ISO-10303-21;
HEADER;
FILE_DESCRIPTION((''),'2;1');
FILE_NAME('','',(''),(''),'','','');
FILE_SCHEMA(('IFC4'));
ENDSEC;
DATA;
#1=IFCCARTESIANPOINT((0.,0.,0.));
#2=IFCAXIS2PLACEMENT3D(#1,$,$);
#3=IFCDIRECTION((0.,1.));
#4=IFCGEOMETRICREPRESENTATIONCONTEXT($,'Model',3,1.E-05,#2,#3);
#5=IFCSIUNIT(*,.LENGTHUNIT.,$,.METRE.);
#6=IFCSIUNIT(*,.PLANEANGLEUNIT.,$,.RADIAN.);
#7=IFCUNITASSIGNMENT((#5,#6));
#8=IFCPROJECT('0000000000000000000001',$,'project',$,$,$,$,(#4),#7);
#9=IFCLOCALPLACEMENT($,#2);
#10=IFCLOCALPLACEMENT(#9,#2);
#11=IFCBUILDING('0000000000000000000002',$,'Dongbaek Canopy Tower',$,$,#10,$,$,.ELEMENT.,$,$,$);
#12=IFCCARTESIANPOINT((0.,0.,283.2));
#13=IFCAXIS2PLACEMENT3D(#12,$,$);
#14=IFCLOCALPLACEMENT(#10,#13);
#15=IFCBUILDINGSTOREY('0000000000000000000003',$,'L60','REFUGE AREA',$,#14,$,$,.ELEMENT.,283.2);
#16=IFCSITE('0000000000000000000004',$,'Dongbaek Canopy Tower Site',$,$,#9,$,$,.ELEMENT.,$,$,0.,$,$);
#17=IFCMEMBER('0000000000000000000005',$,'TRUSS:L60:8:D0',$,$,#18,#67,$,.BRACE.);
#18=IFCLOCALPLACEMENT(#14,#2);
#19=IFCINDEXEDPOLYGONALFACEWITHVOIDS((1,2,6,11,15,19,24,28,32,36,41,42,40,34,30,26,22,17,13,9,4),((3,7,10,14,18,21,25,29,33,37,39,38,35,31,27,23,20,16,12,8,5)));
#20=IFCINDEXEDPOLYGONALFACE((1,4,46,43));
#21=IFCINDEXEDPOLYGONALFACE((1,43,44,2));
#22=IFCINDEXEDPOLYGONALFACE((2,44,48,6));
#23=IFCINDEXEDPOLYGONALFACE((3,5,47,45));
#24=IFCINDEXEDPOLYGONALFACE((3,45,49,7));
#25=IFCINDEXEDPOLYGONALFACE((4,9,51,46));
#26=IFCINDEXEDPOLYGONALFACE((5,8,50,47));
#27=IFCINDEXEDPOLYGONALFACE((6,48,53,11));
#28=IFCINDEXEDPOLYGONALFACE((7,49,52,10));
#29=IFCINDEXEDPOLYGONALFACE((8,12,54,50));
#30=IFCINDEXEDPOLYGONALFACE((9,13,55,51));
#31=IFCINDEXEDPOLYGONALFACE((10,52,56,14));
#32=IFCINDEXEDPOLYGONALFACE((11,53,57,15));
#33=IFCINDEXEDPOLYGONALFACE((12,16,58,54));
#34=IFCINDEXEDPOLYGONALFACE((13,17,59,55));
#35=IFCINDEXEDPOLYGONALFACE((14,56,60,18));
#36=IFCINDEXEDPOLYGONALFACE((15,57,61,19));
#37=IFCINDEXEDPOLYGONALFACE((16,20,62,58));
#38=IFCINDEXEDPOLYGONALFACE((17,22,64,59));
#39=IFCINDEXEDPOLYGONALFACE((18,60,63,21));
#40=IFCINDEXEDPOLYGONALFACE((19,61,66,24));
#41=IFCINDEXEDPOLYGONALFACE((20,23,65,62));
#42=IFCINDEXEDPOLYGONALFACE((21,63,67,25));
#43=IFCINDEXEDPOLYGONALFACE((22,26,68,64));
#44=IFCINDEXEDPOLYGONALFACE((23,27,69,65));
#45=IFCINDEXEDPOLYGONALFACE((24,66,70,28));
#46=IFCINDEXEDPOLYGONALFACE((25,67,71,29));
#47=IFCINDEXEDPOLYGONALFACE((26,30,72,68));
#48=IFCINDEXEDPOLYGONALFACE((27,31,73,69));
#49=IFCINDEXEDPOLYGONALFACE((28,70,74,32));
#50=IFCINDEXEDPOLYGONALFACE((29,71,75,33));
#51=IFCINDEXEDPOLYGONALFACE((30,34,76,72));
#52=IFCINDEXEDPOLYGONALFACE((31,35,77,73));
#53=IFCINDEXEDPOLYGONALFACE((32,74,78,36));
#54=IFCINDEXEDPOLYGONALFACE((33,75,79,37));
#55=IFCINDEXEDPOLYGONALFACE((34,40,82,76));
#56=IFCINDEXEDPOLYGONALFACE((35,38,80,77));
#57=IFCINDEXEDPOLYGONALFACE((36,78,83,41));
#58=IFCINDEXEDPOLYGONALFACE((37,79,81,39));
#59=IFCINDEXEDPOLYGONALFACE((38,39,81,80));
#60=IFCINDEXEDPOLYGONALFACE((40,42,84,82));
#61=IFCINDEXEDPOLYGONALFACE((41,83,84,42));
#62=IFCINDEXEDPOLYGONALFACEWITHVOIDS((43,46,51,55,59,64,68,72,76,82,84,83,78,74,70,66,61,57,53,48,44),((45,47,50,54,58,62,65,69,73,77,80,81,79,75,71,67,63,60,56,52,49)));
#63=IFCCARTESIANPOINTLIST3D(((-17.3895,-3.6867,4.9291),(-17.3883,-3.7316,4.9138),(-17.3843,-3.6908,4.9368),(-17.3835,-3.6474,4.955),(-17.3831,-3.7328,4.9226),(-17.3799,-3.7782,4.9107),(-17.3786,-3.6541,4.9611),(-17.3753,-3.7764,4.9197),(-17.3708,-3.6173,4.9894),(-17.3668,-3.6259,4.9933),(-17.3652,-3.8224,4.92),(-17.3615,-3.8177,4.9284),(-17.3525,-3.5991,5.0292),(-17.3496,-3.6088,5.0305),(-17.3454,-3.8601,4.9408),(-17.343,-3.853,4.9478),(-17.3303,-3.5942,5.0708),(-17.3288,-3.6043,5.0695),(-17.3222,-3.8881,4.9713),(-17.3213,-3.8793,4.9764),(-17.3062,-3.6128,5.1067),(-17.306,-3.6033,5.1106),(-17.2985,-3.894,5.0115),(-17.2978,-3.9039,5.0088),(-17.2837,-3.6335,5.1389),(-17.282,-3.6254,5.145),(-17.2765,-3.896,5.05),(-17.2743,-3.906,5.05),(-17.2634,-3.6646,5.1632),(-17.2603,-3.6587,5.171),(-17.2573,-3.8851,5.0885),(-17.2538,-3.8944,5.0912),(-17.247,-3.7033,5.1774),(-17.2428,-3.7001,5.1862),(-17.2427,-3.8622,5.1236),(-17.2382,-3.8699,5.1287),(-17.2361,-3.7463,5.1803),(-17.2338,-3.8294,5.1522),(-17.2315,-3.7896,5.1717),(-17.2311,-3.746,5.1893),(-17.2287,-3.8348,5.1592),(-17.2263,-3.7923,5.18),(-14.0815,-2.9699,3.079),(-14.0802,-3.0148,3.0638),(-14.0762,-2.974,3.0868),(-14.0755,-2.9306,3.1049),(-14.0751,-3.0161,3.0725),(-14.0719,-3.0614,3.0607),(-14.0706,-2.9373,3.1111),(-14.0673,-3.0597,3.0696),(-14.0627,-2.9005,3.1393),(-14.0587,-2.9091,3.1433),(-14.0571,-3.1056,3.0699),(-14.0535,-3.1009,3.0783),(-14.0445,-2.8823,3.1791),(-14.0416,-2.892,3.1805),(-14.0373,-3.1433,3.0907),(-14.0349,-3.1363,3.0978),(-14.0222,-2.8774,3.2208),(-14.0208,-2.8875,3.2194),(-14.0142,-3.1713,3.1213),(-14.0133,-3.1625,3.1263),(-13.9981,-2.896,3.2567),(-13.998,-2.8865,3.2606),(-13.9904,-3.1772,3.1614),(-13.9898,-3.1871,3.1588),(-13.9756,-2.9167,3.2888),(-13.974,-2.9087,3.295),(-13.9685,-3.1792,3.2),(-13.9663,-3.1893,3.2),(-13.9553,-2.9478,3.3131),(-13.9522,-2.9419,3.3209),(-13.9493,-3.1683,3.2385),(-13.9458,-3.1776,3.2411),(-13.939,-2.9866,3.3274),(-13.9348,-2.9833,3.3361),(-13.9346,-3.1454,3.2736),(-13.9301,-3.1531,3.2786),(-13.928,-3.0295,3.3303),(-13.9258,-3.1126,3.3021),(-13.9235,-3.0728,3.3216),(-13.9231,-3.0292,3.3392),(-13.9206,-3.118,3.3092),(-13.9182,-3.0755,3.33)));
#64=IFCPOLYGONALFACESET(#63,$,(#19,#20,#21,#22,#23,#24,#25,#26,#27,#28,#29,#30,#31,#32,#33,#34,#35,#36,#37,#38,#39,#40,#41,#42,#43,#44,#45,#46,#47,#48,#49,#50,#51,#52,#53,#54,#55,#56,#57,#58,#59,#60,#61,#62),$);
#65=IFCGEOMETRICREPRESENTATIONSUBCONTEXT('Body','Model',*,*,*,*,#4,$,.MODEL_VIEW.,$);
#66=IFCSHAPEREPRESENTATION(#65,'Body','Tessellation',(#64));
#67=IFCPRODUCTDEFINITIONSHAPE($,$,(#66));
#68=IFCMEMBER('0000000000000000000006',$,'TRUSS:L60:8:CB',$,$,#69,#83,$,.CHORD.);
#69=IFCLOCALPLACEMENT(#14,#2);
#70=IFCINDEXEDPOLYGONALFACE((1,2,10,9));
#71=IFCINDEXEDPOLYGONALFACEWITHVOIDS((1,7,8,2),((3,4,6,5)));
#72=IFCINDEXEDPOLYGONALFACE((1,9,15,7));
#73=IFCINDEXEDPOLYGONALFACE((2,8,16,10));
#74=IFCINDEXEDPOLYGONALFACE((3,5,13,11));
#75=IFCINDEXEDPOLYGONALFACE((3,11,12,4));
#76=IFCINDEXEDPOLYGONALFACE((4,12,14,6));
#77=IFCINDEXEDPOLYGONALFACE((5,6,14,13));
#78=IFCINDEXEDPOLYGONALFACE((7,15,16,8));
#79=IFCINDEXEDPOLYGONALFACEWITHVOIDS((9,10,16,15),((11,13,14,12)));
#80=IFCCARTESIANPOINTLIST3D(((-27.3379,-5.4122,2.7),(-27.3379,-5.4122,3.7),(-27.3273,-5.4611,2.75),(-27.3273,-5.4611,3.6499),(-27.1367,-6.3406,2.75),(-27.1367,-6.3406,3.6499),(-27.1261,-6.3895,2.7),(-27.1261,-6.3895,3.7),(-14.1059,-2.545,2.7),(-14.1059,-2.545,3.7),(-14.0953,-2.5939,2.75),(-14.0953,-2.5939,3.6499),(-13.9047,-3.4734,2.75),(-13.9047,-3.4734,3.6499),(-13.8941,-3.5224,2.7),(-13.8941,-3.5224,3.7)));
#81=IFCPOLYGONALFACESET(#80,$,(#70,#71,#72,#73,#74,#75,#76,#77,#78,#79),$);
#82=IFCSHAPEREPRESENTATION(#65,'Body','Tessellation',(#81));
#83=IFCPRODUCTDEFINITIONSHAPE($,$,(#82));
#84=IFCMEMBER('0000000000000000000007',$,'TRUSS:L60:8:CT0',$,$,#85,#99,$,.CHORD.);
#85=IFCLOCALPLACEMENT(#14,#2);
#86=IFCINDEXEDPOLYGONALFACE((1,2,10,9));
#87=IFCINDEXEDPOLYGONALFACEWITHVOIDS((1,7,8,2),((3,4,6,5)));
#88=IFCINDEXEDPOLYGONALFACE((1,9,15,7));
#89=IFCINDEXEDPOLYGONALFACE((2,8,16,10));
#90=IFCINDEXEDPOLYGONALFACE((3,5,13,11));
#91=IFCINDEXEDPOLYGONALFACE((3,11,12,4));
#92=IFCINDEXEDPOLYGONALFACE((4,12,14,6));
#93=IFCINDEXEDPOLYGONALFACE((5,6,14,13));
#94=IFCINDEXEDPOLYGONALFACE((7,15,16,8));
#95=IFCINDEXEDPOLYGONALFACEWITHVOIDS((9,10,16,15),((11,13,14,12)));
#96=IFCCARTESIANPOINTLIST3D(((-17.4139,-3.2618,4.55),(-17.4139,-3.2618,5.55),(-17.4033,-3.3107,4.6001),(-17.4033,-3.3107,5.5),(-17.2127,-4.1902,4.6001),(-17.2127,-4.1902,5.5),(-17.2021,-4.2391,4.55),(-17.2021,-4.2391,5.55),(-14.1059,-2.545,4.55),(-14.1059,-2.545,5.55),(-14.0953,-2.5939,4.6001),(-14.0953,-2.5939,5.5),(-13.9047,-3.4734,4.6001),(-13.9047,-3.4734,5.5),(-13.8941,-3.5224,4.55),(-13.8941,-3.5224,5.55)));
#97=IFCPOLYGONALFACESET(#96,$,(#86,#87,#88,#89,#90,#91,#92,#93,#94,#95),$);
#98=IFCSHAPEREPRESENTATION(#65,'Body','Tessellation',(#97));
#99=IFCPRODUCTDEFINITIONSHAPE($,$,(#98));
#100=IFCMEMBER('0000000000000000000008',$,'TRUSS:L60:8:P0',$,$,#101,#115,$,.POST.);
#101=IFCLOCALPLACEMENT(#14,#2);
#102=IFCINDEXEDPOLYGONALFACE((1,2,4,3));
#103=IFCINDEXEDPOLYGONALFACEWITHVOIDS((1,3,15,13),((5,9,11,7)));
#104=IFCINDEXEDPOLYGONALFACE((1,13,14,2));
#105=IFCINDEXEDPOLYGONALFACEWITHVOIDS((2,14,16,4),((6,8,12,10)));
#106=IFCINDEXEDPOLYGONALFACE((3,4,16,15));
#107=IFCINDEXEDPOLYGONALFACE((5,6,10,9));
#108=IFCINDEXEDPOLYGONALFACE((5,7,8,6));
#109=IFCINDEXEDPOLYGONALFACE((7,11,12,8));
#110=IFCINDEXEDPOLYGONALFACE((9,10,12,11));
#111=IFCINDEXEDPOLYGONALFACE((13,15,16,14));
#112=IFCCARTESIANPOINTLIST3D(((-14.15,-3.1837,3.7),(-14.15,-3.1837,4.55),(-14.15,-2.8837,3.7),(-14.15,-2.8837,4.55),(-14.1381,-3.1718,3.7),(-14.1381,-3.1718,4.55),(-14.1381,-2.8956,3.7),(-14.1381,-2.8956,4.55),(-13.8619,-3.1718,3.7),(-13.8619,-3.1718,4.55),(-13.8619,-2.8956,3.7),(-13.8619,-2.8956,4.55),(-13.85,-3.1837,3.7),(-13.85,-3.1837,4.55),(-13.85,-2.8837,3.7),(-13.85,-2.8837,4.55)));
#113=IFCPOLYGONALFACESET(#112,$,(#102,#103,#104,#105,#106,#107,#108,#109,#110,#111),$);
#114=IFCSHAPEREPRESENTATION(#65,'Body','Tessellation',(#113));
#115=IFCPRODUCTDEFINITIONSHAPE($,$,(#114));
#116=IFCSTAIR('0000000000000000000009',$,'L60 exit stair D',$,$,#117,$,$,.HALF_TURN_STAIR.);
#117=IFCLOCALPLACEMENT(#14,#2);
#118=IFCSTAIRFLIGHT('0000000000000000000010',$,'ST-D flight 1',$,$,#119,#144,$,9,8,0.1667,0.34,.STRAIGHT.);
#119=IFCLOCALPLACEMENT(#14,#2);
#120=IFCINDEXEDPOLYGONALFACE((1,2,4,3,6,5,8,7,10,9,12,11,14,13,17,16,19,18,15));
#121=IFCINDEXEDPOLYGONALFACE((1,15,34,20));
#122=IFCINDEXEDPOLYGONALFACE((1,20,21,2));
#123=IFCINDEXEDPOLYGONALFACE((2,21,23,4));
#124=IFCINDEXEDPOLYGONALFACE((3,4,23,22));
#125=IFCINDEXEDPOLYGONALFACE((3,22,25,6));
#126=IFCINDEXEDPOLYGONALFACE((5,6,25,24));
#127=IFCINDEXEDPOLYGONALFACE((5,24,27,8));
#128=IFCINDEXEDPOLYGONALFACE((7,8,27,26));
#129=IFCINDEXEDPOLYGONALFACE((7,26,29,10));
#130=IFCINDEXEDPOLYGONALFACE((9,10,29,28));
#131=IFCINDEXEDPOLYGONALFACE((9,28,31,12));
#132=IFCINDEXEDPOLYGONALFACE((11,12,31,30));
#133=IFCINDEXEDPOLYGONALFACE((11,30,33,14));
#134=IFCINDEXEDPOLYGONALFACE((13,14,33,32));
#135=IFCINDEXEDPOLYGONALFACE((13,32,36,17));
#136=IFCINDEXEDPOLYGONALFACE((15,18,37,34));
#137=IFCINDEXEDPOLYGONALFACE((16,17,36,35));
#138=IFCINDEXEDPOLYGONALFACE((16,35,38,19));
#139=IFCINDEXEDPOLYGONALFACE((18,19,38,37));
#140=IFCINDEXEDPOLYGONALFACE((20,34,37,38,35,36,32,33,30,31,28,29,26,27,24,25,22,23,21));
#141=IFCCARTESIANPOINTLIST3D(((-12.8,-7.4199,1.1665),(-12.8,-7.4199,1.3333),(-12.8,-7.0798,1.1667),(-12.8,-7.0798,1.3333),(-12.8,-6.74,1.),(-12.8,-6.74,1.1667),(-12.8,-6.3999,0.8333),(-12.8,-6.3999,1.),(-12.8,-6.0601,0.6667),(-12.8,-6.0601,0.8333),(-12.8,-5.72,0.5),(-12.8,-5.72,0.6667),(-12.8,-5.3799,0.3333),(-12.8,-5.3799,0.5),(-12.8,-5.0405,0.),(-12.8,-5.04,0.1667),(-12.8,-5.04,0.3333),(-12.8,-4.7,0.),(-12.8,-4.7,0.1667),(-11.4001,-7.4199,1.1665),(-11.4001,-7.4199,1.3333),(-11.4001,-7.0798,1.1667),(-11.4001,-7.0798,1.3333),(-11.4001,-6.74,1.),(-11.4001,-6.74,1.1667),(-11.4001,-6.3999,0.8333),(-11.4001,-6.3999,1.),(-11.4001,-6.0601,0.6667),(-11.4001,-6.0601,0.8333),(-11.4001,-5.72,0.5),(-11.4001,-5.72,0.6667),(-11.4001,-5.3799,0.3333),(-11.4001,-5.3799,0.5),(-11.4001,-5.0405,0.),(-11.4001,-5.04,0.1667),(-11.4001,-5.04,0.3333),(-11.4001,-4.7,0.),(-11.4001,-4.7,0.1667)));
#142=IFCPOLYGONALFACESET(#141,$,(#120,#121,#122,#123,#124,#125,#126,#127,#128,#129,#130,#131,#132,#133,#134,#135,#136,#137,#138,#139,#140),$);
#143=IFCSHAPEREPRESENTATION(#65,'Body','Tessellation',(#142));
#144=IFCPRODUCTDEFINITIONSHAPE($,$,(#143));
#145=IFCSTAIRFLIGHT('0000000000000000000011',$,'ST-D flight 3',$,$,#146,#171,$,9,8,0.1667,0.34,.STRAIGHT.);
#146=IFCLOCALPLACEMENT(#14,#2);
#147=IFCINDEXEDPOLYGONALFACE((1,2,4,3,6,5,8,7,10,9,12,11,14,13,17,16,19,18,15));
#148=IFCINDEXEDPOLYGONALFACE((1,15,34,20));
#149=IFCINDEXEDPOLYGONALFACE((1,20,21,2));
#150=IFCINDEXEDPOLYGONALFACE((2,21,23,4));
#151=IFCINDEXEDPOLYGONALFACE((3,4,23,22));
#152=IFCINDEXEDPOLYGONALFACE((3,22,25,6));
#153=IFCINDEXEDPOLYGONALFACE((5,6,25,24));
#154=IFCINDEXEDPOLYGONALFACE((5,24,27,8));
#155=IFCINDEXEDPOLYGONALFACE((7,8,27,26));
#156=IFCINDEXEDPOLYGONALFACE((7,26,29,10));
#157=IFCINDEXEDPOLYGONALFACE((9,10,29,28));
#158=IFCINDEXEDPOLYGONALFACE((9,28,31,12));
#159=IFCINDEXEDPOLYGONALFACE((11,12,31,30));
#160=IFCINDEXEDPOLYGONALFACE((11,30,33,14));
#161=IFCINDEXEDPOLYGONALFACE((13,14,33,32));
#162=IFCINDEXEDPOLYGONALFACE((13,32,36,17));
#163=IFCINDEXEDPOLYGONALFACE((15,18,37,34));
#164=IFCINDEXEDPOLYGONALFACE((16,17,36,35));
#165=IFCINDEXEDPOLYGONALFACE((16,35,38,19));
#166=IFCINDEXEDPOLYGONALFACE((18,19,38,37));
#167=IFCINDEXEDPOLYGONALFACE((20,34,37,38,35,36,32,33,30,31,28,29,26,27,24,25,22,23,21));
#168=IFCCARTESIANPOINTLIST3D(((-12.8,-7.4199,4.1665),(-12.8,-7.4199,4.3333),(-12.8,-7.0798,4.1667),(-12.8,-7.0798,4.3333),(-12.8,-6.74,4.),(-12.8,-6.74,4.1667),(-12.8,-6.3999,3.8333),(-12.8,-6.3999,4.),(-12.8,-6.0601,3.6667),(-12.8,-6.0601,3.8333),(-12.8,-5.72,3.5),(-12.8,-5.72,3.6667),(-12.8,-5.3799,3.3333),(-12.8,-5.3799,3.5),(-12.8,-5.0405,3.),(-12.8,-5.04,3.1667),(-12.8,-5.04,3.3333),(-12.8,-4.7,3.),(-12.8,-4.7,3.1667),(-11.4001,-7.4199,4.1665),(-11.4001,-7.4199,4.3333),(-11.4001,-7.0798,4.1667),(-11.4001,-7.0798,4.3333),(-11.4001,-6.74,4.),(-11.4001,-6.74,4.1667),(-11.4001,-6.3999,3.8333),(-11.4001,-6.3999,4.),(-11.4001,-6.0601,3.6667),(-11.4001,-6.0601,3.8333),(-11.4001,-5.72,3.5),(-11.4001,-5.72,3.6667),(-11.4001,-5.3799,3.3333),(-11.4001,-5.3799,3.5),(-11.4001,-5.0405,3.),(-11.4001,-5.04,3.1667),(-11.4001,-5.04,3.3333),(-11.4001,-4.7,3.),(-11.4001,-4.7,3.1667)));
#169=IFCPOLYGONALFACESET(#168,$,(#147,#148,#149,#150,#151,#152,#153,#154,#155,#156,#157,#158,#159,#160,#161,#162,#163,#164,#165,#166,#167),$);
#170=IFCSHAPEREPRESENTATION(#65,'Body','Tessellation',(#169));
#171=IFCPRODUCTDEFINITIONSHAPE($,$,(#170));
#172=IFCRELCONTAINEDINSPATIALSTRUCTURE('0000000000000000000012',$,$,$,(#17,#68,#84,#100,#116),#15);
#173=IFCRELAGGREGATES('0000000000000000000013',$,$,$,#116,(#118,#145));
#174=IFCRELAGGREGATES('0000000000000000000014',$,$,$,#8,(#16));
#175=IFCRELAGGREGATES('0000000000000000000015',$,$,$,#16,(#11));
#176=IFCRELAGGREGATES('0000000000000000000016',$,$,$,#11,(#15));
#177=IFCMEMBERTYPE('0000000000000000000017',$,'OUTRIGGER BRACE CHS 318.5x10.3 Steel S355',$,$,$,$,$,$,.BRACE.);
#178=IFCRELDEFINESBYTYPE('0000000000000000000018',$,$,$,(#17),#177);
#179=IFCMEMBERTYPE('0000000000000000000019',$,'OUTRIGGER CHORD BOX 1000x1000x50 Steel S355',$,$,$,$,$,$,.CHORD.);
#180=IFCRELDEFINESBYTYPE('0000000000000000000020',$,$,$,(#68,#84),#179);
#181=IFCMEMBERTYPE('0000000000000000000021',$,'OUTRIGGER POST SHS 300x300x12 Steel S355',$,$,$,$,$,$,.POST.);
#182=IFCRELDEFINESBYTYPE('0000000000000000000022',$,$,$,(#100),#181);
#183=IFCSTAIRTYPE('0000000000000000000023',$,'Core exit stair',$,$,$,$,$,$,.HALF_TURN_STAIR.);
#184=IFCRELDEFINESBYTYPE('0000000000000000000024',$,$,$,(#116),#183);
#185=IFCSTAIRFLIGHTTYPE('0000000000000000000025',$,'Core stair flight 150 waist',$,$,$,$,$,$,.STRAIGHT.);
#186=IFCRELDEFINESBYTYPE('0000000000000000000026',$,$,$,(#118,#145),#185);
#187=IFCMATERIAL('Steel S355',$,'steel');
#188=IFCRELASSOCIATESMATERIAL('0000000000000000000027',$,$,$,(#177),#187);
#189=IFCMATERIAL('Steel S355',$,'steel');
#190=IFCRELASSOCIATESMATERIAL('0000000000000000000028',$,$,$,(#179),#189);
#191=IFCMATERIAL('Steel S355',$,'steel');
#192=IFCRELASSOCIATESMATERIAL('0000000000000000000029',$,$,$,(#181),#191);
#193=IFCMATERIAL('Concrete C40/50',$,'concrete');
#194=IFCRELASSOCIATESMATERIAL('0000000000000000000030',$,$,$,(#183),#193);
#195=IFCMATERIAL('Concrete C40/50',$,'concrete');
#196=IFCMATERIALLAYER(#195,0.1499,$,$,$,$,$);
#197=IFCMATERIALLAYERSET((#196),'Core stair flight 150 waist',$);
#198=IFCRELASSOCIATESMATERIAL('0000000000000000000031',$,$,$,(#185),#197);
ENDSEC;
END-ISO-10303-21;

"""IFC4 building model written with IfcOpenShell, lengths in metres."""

from ifc_helpers import new_model, si_unit, direction, frame, origin, origin_2d, place, context, subcontext, project, spatial, polyline, hollow_rectangle, hollow_circle, outline, extrude, material, layer, layer_set, material_profile, profile_set, type_object, element, aggregate, save


model = new_model("IFC4")

# Units and contexts
model_context = context("Model", 3, precision=1e-05, world=origin(), true_north=direction((0.0, 1.0)))
body_context = subcontext(model_context, "Body", "Model", "MODEL_VIEW")
ifc_project = project(units=[si_unit("LENGTHUNIT", "METRE"), si_unit("PLANEANGLEUNIT", "RADIAN")], contexts=[model_context])

# Site, building, storey
site_placement = place(None, origin())
site = spatial("IfcSite", under=ifc_project, at=site_placement, Name="Dongbaek Canopy Tower Site", CompositionType="ELEMENT", RefElevation=0.0)
building_placement = place(site_placement, origin())
building = spatial("IfcBuilding", under=site, at=building_placement, Name="Dongbaek Canopy Tower", CompositionType="ELEMENT")
storey_placement = place(building_placement, frame((0.0, 0.0, 283.2)))
storey = spatial("IfcBuildingStorey", under=building, at=storey_placement, Name="L60", Description="REFUGE AREA", CompositionType="ELEMENT", Elevation=283.2)

# Members
ifc_material_1 = material(Name="Steel S355", Category="steel")
ifc_material_profile_1 = material_profile(ifc_material_1, hollow_circle(Radius=0.1592, WallThickness=0.0103, at=origin_2d()), Name="OUTRIGGER BRACE CHS 318.5x10.3 Steel S355")
ifc_profile_set_1 = profile_set([ifc_material_profile_1], Name="Steel S355")
member_type_1 = type_object("IfcMemberType", Name="OUTRIGGER BRACE CHS 318.5x10.3 Steel S355", PredefinedType="BRACE", material=ifc_profile_set_1)
member_1_placement = place(storey_placement, frame((-14.0, -3.0337, 3.2), z_axis=(-0.85758, -0.18582, 0.479612), x_axis=(0.211765, -0.977321, 0.0)))
element("IfcMember", 1, at=member_1_placement, inside=storey, type_object=member_type_1, Name="TRUSS:L60:8:D0", PredefinedType="BRACE", context=body_context, shape_type="SweptSolid", body=[
    extrude(hollow_circle(Radius=0.1592, WallThickness=0.0103, at=origin_2d()), origin(), (0.0, 0.0, 1.0), 3.8574),
])
ifc_material_2 = material(Name="Steel S355", Category="steel")
ifc_material_profile_2 = material_profile(ifc_material_2, hollow_rectangle(XDim=1.0, YDim=1.0, WallThickness=0.05, at=origin_2d()), Name="OUTRIGGER CHORD BOX 1000x1000x50 Steel S355")
ifc_profile_set_2 = profile_set([ifc_material_profile_2], Name="Steel S355")
member_type_2 = type_object("IfcMemberType", Name="OUTRIGGER CHORD BOX 1000x1000x50 Steel S355", PredefinedType="CHORD", material=ifc_profile_set_2)
member_2_placement = place(storey_placement, frame((-14.0, -3.0337, 3.2), z_axis=(-0.977319, -0.211772, 0.0), x_axis=(0.211772, -0.977319, 0.0)))
element("IfcMember", 2, at=member_2_placement, inside=storey, type_object=member_type_2, Name="TRUSS:L60:8:CB", PredefinedType="CHORD", context=body_context, shape_type="SweptSolid", body=[
    extrude(hollow_rectangle(XDim=1.0, YDim=1.0, WallThickness=0.05, at=origin_2d()), origin(), (0.0, 0.0, 1.0), 13.5391),
])
member_3_placement = place(storey_placement, frame((-14.0, -3.0337, 5.05), z_axis=(-0.977321, -0.211765, 0.0), x_axis=(0.211765, -0.977321, 0.0)))
element("IfcMember", 3, at=member_3_placement, inside=storey, type_object=member_type_2, Name="TRUSS:L60:8:CT0", PredefinedType="CHORD", context=body_context, shape_type="SweptSolid", body=[
    extrude(hollow_rectangle(XDim=1.0, YDim=1.0, WallThickness=0.05, at=origin_2d()), origin(), (0.0, 0.0, 1.0), 3.3848),
])
ifc_material_3 = material(Name="Steel S355", Category="steel")
ifc_material_profile_3 = material_profile(ifc_material_3, hollow_rectangle(XDim=0.3, YDim=0.3, WallThickness=0.012, at=origin_2d()), Name="OUTRIGGER POST SHS 300x300x12 Steel S355")
ifc_profile_set_3 = profile_set([ifc_material_profile_3], Name="Steel S355")
member_type_3 = type_object("IfcMemberType", Name="OUTRIGGER POST SHS 300x300x12 Steel S355", PredefinedType="POST", material=ifc_profile_set_3)
member_4_placement = place(storey_placement, frame((-14.0, -3.0337, 3.7), z_axis=(0.0, 0.0, 1.0), x_axis=(1.0, 0.0, 0.0)))
element("IfcMember", 4, at=member_4_placement, inside=storey, type_object=member_type_3, Name="TRUSS:L60:8:P0", PredefinedType="POST", context=body_context, shape_type="SweptSolid", body=[
    extrude(hollow_rectangle(XDim=0.3, YDim=0.3, WallThickness=0.012, at=origin_2d()), origin(), (0.0, 0.0, 1.0), 0.8501),
])

# Stair, stair flights
ifc_material_4 = material(Name="Concrete C40/50", Category="concrete")
stair_type = type_object("IfcStairType", Name="Core exit stair", PredefinedType="HALF_TURN_STAIR", material=ifc_material_4)
stair_placement = place(storey_placement, origin())
stair = element("IfcStair", 5, at=stair_placement, inside=storey, type_object=stair_type, Name="L60 exit stair D", PredefinedType="HALF_TURN_STAIR")
ifc_material_5 = material(Name="Concrete C40/50", Category="concrete")
ifc_layer = layer(ifc_material_5, 0.1499)
ifc_layer_set = layer_set([ifc_layer], Name="Core stair flight 150 waist")
stair_flight_type = type_object("IfcStairFlightType", Name="Core stair flight 150 waist", PredefinedType="STRAIGHT", material=ifc_layer_set)
stair_flight_1_placement = place(storey_placement, frame((-12.1001, -4.7, 0.0), z_axis=(0.0, 0.0, 1.0), x_axis=(0.0, -1.0, 0.0)))
stair_flight_1 = element("IfcStairFlight", 6, at=stair_flight_1_placement, type_object=stair_flight_type, Name="ST-D flight 1", NumberOfRisers=9, NumberOfTreads=8, PredefinedType="STRAIGHT", RiserHeight=0.1667, TreadLength=0.34, context=body_context, shape_type="SweptSolid", body=[
    extrude(outline(polyline([(0.0, 0.0), (0.0, 0.1667), (0.3401, 0.1667), (0.3401, 0.3333), (0.6799, 0.3333), (0.6799, 0.5), (1.02, 0.5), (1.02, 0.6667), (1.3601, 0.6667), (1.3601, 0.8333), (1.7, 0.8333), (1.7, 1.0), (2.04, 1.0), (2.04, 1.1667), (2.3799, 1.1667), (2.3799, 1.3333), (2.72, 1.3333), (2.72, 1.5), (2.72, 1.1665), (0.3406, 0.0), (0.0, 0.0)])), frame((0.0, 0.7, 0.0), z_axis=(0.0, -1.0, 0.0), x_axis=(1.0, 0.0, 0.0)), (0.0, 0.0, 1.0), 1.3999),
])
stair_flight_2_placement = place(storey_placement, frame((-12.1001, -4.7, 3.0), z_axis=(0.0, 0.0, 1.0), x_axis=(0.0, -1.0, 0.0)))
stair_flight_2 = element("IfcStairFlight", 7, at=stair_flight_2_placement, type_object=stair_flight_type, Name="ST-D flight 3", NumberOfRisers=9, NumberOfTreads=8, PredefinedType="STRAIGHT", RiserHeight=0.1667, TreadLength=0.34, context=body_context, shape_type="SweptSolid", body=[
    extrude(outline(polyline([(0.0, 0.0), (0.0, 0.1667), (0.3401, 0.1667), (0.3401, 0.3333), (0.6799, 0.3333), (0.6799, 0.5), (1.02, 0.5), (1.02, 0.6667), (1.3601, 0.6667), (1.3601, 0.8333), (1.7, 0.8333), (1.7, 1.0), (2.04, 1.0), (2.04, 1.1667), (2.3799, 1.1667), (2.3799, 1.3333), (2.72, 1.3333), (2.72, 1.5), (2.72, 1.1665), (0.3406, 0.0), (0.0, 0.0)])), frame((0.0, 0.7, 0.0), z_axis=(0.0, -1.0, 0.0), x_axis=(1.0, 0.0, 0.0)), (0.0, 0.0, 1.0), 1.3999),
])
aggregate(stair, [stair_flight_1, stair_flight_2])

save(model, "model.ifc")
